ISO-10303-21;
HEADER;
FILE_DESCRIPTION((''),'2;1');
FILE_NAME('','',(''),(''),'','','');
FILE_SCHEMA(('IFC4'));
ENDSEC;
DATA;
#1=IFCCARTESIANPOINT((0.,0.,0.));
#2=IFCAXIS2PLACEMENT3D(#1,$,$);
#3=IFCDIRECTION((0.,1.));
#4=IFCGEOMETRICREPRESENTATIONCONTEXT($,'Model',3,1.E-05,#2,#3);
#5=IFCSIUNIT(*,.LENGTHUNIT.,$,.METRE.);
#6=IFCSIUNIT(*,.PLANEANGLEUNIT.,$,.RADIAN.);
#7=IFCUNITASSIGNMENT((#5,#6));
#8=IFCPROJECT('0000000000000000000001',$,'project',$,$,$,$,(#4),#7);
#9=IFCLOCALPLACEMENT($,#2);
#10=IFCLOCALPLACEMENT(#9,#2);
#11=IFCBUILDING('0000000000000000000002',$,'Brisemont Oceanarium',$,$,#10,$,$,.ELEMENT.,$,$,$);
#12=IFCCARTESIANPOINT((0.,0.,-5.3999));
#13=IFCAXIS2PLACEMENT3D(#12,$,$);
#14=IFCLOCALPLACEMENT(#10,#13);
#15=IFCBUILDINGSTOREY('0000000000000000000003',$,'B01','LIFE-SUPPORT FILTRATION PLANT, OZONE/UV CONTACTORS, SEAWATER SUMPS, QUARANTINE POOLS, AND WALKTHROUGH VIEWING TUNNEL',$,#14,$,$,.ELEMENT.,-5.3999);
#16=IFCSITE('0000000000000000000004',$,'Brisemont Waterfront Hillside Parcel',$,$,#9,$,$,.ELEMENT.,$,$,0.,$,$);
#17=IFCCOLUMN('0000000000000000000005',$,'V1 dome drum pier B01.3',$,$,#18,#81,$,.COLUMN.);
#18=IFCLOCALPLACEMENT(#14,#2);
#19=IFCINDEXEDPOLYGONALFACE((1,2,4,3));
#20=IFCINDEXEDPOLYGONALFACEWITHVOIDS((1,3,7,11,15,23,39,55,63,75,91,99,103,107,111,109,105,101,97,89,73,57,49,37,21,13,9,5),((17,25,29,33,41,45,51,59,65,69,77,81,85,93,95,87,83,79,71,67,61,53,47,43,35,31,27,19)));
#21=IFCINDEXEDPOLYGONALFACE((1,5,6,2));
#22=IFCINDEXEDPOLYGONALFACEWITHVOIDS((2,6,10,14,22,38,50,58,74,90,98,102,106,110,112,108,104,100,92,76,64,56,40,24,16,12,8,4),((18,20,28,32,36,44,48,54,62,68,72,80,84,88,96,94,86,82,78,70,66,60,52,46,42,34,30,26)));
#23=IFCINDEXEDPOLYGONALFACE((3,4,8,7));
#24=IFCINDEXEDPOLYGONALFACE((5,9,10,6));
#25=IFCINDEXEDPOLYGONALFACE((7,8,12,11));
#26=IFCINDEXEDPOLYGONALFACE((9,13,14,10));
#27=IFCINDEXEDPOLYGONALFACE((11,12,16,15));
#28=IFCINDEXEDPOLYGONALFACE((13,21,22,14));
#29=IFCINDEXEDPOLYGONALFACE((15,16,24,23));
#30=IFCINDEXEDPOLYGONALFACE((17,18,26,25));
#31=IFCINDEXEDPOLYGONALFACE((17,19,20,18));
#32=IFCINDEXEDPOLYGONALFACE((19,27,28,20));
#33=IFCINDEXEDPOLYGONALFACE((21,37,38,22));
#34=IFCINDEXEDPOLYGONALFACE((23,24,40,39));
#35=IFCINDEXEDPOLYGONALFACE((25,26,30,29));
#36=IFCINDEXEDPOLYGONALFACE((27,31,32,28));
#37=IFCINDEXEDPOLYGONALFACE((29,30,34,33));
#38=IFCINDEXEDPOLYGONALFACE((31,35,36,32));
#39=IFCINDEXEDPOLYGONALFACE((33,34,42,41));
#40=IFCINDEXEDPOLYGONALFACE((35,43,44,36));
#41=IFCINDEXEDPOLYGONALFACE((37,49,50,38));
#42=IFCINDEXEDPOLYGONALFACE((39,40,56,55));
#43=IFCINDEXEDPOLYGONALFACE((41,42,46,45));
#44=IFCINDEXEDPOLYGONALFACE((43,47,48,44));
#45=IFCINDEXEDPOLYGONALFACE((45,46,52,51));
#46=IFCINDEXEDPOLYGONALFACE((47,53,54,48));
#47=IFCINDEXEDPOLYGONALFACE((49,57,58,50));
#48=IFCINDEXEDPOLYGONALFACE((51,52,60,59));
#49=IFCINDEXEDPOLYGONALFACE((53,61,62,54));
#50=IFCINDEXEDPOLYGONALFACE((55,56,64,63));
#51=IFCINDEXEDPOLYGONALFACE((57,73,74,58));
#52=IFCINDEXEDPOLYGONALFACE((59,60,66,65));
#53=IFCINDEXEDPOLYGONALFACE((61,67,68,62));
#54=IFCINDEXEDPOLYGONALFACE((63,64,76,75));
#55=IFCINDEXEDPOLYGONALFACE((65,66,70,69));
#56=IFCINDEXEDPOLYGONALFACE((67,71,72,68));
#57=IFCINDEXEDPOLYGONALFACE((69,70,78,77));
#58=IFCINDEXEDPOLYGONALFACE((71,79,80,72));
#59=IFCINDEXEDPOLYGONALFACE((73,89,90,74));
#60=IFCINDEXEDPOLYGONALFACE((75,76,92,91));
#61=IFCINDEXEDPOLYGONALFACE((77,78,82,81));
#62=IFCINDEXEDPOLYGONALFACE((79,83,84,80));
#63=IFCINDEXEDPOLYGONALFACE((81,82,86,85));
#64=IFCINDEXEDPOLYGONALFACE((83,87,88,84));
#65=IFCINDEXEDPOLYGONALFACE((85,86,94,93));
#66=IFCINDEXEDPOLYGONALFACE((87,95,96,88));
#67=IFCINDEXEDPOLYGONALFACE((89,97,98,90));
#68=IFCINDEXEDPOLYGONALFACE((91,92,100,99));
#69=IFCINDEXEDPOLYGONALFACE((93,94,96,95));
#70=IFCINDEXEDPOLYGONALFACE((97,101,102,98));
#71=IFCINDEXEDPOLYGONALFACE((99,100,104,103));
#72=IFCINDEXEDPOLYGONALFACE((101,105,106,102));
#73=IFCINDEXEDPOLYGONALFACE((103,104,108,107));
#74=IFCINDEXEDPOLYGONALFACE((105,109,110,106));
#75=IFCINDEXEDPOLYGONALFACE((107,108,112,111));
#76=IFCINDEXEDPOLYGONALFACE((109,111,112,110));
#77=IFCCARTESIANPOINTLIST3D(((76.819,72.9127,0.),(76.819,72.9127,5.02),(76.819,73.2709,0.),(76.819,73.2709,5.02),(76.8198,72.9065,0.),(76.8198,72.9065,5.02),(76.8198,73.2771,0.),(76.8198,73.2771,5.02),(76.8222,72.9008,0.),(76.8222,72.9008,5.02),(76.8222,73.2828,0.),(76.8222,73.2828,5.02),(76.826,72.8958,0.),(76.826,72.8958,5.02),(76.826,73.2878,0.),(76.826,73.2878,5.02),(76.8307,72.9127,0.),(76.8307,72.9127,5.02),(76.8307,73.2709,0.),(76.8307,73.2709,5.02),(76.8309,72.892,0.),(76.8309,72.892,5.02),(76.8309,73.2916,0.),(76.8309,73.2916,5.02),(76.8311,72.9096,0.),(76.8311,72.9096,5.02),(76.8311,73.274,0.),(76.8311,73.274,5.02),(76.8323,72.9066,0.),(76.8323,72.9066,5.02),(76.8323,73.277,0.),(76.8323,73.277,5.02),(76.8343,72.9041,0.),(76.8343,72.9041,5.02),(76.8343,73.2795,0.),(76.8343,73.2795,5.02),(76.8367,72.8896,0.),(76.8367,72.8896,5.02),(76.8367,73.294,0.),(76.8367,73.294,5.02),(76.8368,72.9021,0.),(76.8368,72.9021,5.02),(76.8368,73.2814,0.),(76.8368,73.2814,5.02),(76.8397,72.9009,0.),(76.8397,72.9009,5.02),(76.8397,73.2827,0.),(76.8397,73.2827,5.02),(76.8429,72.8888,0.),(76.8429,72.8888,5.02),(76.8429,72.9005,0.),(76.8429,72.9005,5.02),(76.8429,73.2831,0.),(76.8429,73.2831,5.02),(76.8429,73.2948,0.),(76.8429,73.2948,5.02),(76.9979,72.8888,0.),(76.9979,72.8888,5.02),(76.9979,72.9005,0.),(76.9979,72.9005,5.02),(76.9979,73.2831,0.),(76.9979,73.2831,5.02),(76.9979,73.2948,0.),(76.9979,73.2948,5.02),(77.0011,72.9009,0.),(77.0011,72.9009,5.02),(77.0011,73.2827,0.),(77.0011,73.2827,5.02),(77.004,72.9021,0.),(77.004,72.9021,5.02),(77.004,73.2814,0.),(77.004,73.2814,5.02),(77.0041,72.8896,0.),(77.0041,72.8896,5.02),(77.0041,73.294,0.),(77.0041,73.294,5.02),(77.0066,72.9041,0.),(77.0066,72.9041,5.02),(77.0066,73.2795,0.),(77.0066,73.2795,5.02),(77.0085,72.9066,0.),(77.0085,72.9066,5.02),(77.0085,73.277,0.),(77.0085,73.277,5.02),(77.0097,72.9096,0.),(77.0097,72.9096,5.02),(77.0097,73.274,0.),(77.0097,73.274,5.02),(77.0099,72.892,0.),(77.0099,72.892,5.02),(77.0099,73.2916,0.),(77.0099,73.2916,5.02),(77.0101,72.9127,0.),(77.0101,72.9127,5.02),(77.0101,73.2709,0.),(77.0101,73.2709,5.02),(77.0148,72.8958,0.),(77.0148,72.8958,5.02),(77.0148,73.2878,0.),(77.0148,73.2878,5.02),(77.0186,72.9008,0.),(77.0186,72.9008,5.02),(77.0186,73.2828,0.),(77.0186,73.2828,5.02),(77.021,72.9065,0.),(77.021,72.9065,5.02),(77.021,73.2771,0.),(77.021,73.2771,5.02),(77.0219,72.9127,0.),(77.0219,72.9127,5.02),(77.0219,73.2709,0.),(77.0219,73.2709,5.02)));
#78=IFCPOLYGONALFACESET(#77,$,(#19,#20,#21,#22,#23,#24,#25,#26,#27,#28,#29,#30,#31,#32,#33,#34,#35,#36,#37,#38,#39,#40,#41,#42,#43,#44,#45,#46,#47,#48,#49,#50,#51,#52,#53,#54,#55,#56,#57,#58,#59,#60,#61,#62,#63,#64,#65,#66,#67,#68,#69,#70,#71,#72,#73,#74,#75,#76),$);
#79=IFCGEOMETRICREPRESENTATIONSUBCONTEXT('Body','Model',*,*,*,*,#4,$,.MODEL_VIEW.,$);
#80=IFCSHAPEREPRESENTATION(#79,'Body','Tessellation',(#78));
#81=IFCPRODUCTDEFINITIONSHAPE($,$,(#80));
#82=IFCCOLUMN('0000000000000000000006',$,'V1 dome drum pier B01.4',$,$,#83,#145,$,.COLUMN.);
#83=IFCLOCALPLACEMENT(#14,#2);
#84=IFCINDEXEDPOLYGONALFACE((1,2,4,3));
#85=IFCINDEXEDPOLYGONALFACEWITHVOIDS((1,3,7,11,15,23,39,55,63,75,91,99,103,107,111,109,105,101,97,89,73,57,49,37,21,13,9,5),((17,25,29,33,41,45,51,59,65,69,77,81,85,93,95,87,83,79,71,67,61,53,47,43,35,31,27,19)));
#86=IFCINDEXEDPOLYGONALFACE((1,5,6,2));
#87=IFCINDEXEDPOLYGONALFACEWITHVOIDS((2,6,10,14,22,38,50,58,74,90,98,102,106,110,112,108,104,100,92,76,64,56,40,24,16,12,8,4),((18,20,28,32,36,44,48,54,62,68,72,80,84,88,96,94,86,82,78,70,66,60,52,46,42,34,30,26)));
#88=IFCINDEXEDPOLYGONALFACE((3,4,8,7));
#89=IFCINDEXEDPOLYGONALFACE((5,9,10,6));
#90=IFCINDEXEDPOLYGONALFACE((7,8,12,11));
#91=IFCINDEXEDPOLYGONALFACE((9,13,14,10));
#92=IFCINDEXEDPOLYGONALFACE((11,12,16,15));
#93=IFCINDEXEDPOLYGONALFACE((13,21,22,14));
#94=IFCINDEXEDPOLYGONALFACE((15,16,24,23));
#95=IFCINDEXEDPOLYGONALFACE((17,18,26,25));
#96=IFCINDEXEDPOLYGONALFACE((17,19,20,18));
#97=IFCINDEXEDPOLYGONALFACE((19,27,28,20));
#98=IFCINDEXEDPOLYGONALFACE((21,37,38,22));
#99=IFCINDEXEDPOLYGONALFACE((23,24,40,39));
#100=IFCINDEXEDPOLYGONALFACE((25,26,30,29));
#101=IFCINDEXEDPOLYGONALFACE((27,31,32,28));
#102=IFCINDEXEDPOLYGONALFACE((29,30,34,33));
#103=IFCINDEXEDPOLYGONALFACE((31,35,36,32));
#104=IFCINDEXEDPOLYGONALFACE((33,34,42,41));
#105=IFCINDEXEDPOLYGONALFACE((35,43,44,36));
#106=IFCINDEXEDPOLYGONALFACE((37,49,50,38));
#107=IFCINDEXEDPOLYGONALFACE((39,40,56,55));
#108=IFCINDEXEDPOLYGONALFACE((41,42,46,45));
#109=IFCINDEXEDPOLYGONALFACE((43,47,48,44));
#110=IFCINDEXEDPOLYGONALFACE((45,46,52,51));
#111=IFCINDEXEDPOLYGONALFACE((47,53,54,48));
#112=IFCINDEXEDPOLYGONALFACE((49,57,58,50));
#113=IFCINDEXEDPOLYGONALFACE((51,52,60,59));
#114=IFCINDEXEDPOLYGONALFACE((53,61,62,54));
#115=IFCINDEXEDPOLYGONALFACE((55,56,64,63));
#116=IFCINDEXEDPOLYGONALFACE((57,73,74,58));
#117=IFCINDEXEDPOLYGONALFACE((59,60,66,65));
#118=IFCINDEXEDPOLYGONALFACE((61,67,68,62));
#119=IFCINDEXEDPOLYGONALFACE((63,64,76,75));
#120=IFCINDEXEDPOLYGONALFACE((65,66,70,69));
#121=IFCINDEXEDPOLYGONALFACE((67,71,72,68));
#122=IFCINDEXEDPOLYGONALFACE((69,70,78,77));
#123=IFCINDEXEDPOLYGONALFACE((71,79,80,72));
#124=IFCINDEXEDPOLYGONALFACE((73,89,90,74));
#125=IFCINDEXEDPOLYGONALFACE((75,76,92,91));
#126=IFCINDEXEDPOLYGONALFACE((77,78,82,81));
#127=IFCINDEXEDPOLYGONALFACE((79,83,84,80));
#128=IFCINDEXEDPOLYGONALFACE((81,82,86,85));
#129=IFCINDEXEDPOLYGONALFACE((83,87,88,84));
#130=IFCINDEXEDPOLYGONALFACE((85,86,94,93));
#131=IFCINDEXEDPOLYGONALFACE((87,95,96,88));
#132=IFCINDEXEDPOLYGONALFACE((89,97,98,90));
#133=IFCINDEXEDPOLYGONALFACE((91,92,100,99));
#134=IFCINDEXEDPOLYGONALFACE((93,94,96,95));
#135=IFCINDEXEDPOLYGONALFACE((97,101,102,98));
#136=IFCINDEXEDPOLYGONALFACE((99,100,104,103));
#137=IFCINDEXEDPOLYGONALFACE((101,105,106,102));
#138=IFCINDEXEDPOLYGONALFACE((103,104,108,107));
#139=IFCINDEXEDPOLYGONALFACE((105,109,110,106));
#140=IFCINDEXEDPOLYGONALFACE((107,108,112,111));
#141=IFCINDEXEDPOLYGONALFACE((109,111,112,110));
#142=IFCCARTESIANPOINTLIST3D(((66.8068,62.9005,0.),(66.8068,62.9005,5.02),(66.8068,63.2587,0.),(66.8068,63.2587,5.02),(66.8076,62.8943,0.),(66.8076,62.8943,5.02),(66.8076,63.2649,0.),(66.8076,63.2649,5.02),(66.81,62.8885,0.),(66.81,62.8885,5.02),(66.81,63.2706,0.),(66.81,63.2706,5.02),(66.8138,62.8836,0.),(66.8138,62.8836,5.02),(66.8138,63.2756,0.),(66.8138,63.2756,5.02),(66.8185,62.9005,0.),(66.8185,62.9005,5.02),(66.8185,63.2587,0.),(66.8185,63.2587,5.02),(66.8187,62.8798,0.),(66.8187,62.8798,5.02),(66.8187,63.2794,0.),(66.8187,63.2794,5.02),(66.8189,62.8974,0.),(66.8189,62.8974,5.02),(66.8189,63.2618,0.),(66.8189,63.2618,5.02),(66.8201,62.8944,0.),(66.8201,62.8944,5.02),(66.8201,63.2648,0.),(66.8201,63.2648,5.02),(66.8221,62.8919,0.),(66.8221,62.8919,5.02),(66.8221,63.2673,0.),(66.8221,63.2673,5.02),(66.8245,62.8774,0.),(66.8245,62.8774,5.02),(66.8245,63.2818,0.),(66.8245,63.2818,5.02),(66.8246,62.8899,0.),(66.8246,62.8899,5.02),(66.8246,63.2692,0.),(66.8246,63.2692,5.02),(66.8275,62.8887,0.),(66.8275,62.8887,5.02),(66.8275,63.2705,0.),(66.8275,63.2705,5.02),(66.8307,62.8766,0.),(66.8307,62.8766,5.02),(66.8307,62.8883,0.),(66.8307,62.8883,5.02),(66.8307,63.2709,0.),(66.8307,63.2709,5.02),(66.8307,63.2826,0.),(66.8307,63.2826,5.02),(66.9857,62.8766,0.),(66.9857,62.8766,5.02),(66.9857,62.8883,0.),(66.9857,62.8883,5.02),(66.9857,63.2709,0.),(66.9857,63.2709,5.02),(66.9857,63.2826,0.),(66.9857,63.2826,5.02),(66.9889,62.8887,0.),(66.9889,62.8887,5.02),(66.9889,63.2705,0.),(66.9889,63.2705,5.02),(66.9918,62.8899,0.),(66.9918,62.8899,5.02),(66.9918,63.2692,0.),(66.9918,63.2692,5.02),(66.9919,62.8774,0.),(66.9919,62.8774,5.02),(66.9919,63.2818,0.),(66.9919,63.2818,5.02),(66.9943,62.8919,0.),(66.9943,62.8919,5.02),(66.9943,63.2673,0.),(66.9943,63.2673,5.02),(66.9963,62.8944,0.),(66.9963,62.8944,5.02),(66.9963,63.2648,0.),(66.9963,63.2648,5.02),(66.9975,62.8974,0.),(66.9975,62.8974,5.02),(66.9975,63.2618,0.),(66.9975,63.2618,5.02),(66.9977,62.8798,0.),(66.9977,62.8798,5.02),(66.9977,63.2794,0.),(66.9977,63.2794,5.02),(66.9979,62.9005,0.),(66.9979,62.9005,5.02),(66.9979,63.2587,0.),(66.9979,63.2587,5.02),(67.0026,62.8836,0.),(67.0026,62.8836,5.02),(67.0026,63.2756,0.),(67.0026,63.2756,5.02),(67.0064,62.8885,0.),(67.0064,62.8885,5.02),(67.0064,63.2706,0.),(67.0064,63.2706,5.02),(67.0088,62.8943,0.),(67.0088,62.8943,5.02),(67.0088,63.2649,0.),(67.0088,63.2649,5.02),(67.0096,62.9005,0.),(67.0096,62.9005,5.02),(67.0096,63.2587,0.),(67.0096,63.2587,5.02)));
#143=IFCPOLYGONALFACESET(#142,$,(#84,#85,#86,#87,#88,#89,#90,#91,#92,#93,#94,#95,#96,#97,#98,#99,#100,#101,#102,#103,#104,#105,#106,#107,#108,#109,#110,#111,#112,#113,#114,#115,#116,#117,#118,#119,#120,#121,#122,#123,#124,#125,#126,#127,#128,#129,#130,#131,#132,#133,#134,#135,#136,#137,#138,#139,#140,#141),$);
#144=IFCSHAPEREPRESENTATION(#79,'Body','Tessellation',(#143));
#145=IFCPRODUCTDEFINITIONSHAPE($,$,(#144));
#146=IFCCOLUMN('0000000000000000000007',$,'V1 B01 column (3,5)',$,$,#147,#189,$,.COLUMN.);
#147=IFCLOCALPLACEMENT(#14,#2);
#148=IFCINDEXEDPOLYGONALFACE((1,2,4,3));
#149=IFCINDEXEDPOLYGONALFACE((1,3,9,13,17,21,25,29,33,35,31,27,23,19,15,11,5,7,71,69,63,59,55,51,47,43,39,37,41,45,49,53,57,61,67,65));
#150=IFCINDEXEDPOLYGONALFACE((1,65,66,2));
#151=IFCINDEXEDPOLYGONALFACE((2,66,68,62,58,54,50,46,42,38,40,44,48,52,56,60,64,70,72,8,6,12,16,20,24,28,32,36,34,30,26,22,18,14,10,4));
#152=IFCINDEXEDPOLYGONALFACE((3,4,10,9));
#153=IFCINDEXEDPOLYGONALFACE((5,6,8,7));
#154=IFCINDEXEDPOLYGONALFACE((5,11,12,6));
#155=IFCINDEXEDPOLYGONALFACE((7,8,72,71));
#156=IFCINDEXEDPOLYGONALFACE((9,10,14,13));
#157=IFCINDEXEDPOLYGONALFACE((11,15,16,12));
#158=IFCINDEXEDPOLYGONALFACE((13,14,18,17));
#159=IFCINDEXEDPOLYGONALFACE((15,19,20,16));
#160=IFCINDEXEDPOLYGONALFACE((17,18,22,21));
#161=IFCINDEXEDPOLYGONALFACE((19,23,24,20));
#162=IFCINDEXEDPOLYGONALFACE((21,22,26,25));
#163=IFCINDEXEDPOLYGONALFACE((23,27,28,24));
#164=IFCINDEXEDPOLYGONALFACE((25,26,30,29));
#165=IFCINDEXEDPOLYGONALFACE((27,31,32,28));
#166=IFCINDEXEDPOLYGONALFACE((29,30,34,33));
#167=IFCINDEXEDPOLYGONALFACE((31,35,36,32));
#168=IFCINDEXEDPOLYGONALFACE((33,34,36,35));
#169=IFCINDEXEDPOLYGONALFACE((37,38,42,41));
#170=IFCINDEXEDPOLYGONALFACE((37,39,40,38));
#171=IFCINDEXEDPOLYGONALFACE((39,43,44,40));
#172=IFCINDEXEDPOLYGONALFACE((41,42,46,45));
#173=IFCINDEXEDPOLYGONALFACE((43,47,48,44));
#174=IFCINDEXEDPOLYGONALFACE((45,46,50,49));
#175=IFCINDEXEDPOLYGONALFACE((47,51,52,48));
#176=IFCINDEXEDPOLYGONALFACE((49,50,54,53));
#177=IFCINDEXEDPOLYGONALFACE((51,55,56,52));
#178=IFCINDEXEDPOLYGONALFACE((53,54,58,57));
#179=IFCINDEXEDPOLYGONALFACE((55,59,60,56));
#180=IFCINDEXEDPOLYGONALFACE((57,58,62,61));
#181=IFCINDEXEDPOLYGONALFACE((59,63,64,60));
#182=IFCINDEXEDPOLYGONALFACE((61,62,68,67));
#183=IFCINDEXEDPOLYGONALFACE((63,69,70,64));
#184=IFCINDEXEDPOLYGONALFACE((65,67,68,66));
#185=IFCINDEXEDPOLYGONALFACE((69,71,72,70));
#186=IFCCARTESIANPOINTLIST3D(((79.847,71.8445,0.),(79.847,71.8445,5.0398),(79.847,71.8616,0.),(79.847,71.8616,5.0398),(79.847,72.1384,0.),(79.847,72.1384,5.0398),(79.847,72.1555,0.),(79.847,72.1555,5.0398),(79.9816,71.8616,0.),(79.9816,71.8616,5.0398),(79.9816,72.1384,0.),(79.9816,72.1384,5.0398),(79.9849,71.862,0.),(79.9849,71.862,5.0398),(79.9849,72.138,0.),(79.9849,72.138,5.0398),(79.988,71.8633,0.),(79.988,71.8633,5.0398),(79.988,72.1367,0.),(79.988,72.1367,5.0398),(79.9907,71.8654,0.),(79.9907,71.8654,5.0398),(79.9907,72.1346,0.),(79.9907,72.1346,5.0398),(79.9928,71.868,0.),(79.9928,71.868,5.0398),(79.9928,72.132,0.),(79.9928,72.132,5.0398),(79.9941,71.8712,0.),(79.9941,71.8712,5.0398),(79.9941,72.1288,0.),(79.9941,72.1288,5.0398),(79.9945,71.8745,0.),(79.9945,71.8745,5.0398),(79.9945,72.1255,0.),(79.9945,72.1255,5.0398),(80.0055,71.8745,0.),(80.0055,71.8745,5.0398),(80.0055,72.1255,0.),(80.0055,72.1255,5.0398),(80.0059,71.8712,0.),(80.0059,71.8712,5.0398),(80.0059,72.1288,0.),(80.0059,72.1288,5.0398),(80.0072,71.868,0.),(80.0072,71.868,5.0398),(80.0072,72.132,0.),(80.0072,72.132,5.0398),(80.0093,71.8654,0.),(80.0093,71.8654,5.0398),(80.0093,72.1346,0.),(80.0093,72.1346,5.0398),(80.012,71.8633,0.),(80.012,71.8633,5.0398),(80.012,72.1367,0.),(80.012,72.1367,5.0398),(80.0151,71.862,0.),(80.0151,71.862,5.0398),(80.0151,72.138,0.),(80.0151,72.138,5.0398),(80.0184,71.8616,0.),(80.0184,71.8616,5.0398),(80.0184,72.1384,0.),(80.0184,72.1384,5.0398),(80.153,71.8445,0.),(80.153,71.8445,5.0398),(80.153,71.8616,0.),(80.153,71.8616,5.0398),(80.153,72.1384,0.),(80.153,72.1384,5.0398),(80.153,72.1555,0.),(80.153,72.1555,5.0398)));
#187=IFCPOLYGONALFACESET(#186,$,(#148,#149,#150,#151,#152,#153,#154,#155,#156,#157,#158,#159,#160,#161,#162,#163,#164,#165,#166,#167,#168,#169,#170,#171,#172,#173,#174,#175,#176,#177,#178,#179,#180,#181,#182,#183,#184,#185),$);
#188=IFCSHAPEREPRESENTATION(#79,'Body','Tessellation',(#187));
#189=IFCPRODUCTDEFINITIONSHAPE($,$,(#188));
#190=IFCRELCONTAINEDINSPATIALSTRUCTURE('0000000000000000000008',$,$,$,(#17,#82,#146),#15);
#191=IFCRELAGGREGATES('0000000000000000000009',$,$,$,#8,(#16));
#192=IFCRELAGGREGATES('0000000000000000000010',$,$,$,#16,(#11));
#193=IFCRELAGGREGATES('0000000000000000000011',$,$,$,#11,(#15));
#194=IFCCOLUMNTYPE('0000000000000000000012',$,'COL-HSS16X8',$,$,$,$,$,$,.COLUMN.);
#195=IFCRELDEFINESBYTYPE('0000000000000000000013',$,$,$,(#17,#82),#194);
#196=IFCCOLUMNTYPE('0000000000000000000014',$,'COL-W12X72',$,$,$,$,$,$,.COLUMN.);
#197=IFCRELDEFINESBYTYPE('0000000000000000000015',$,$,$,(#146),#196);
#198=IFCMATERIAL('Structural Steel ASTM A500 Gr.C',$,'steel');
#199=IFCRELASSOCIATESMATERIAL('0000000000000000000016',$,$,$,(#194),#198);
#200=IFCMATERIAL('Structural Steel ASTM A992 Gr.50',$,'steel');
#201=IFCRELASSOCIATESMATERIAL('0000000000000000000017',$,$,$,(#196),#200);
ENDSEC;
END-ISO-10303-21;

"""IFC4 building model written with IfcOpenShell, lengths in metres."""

from ifc_helpers import new_model, si_unit, direction, frame, origin, origin_2d, place, context, subcontext, project, spatial, hollow_rectangle, i_section, extrude, material, material_profile, profile_set, type_object, element, save


model = new_model("IFC4")

# Units and contexts
model_context = context("Model", 3, precision=1e-05, world=origin(), true_north=direction((0.0, 1.0)))
body_context = subcontext(model_context, "Body", "Model", "MODEL_VIEW")
ifc_project = project(units=[si_unit("LENGTHUNIT", "METRE"), si_unit("PLANEANGLEUNIT", "RADIAN")], contexts=[model_context])

# Site, building, storey
site_placement = place(None, origin())
site = spatial("IfcSite", under=ifc_project, at=site_placement, Name="Brisemont Waterfront Hillside Parcel", CompositionType="ELEMENT", RefElevation=0.0)
building_placement = place(site_placement, origin())
building = spatial("IfcBuilding", under=site, at=building_placement, Name="Brisemont Oceanarium", CompositionType="ELEMENT")
storey_placement = place(building_placement, frame((0.0, 0.0, -5.3999)))
storey = spatial("IfcBuildingStorey", under=building, at=storey_placement, Name="B01", Description="LIFE-SUPPORT FILTRATION PLANT, OZONE/UV CONTACTORS, SEAWATER SUMPS, QUARANTINE POOLS, AND WALKTHROUGH VIEWING TUNNEL", CompositionType="ELEMENT", Elevation=-5.3999)

# Columns
ifc_material_1 = material(Name="Structural Steel ASTM A500 Gr.C", Category="steel")
ifc_material_profile_1 = material_profile(ifc_material_1, hollow_rectangle(XDim=0.2029, YDim=0.406, WallThickness=0.0117, InnerFilletRadius=0.0122, OuterFilletRadius=0.0239, at=origin_2d()), Name="HSS16X8X1/2")
ifc_profile_set_1 = profile_set([ifc_material_profile_1], Name="Structural Steel ASTM A500 Gr.C")
column_type_1 = type_object("IfcColumnType", Name="COL-HSS16X8", PredefinedType="COLUMN", material=ifc_profile_set_1)
for number, where, z_axis, x_axis, name in (
    (1, (76.9204, 73.0918, 0.0), (0.0, 0.0, 1.0), (1.0, 0.0, 0.0), "V1 dome drum pier B01.3"),
    (2, (66.9082, 63.0796, 0.0), (0.0, 0.0, 1.0), (1.0, 0.0, 0.0), "V1 dome drum pier B01.4"),
):
    element("IfcColumn", number, at=place(storey_placement, frame(where, z_axis=z_axis, x_axis=x_axis)), inside=storey, type_object=column_type_1, Name=name, PredefinedType="COLUMN", context=body_context, shape_type="SweptSolid", body=[
        extrude(hollow_rectangle(XDim=0.2029, YDim=0.406, WallThickness=0.0117, InnerFilletRadius=0.0122, OuterFilletRadius=0.0239, at=origin_2d()), origin(), (0.0, 0.0, 1.0), 5.02),
    ])
ifc_material_2 = material(Name="Structural Steel ASTM A992 Gr.50", Category="steel")
ifc_material_profile_2 = material_profile(ifc_material_2, i_section(OverallWidth=0.3059, OverallDepth=0.311, WebThickness=0.011, FlangeThickness=0.0171, FilletRadius=0.0129, at=origin_2d()), Name="W12X72")
ifc_profile_set_2 = profile_set([ifc_material_profile_2], Name="Structural Steel ASTM A992 Gr.50")
column_type_2 = type_object("IfcColumnType", Name="COL-W12X72", PredefinedType="COLUMN", material=ifc_profile_set_2)
column_1_placement = place(storey_placement, frame((80.0, 72.0, 0.0), z_axis=(0.0, 0.0, 1.0), x_axis=(1.0, 0.0, 0.0)))
element("IfcColumn", 3, at=column_1_placement, inside=storey, type_object=column_type_2, Name="V1 B01 column (3,5)", PredefinedType="COLUMN", context=body_context, shape_type="SweptSolid", body=[
    extrude(i_section(OverallWidth=0.3059, OverallDepth=0.311, WebThickness=0.011, FlangeThickness=0.0171, FilletRadius=0.0129, at=origin_2d()), origin(), (0.0, 0.0, 1.0), 5.0398),
])

save(model, "model.ifc")
